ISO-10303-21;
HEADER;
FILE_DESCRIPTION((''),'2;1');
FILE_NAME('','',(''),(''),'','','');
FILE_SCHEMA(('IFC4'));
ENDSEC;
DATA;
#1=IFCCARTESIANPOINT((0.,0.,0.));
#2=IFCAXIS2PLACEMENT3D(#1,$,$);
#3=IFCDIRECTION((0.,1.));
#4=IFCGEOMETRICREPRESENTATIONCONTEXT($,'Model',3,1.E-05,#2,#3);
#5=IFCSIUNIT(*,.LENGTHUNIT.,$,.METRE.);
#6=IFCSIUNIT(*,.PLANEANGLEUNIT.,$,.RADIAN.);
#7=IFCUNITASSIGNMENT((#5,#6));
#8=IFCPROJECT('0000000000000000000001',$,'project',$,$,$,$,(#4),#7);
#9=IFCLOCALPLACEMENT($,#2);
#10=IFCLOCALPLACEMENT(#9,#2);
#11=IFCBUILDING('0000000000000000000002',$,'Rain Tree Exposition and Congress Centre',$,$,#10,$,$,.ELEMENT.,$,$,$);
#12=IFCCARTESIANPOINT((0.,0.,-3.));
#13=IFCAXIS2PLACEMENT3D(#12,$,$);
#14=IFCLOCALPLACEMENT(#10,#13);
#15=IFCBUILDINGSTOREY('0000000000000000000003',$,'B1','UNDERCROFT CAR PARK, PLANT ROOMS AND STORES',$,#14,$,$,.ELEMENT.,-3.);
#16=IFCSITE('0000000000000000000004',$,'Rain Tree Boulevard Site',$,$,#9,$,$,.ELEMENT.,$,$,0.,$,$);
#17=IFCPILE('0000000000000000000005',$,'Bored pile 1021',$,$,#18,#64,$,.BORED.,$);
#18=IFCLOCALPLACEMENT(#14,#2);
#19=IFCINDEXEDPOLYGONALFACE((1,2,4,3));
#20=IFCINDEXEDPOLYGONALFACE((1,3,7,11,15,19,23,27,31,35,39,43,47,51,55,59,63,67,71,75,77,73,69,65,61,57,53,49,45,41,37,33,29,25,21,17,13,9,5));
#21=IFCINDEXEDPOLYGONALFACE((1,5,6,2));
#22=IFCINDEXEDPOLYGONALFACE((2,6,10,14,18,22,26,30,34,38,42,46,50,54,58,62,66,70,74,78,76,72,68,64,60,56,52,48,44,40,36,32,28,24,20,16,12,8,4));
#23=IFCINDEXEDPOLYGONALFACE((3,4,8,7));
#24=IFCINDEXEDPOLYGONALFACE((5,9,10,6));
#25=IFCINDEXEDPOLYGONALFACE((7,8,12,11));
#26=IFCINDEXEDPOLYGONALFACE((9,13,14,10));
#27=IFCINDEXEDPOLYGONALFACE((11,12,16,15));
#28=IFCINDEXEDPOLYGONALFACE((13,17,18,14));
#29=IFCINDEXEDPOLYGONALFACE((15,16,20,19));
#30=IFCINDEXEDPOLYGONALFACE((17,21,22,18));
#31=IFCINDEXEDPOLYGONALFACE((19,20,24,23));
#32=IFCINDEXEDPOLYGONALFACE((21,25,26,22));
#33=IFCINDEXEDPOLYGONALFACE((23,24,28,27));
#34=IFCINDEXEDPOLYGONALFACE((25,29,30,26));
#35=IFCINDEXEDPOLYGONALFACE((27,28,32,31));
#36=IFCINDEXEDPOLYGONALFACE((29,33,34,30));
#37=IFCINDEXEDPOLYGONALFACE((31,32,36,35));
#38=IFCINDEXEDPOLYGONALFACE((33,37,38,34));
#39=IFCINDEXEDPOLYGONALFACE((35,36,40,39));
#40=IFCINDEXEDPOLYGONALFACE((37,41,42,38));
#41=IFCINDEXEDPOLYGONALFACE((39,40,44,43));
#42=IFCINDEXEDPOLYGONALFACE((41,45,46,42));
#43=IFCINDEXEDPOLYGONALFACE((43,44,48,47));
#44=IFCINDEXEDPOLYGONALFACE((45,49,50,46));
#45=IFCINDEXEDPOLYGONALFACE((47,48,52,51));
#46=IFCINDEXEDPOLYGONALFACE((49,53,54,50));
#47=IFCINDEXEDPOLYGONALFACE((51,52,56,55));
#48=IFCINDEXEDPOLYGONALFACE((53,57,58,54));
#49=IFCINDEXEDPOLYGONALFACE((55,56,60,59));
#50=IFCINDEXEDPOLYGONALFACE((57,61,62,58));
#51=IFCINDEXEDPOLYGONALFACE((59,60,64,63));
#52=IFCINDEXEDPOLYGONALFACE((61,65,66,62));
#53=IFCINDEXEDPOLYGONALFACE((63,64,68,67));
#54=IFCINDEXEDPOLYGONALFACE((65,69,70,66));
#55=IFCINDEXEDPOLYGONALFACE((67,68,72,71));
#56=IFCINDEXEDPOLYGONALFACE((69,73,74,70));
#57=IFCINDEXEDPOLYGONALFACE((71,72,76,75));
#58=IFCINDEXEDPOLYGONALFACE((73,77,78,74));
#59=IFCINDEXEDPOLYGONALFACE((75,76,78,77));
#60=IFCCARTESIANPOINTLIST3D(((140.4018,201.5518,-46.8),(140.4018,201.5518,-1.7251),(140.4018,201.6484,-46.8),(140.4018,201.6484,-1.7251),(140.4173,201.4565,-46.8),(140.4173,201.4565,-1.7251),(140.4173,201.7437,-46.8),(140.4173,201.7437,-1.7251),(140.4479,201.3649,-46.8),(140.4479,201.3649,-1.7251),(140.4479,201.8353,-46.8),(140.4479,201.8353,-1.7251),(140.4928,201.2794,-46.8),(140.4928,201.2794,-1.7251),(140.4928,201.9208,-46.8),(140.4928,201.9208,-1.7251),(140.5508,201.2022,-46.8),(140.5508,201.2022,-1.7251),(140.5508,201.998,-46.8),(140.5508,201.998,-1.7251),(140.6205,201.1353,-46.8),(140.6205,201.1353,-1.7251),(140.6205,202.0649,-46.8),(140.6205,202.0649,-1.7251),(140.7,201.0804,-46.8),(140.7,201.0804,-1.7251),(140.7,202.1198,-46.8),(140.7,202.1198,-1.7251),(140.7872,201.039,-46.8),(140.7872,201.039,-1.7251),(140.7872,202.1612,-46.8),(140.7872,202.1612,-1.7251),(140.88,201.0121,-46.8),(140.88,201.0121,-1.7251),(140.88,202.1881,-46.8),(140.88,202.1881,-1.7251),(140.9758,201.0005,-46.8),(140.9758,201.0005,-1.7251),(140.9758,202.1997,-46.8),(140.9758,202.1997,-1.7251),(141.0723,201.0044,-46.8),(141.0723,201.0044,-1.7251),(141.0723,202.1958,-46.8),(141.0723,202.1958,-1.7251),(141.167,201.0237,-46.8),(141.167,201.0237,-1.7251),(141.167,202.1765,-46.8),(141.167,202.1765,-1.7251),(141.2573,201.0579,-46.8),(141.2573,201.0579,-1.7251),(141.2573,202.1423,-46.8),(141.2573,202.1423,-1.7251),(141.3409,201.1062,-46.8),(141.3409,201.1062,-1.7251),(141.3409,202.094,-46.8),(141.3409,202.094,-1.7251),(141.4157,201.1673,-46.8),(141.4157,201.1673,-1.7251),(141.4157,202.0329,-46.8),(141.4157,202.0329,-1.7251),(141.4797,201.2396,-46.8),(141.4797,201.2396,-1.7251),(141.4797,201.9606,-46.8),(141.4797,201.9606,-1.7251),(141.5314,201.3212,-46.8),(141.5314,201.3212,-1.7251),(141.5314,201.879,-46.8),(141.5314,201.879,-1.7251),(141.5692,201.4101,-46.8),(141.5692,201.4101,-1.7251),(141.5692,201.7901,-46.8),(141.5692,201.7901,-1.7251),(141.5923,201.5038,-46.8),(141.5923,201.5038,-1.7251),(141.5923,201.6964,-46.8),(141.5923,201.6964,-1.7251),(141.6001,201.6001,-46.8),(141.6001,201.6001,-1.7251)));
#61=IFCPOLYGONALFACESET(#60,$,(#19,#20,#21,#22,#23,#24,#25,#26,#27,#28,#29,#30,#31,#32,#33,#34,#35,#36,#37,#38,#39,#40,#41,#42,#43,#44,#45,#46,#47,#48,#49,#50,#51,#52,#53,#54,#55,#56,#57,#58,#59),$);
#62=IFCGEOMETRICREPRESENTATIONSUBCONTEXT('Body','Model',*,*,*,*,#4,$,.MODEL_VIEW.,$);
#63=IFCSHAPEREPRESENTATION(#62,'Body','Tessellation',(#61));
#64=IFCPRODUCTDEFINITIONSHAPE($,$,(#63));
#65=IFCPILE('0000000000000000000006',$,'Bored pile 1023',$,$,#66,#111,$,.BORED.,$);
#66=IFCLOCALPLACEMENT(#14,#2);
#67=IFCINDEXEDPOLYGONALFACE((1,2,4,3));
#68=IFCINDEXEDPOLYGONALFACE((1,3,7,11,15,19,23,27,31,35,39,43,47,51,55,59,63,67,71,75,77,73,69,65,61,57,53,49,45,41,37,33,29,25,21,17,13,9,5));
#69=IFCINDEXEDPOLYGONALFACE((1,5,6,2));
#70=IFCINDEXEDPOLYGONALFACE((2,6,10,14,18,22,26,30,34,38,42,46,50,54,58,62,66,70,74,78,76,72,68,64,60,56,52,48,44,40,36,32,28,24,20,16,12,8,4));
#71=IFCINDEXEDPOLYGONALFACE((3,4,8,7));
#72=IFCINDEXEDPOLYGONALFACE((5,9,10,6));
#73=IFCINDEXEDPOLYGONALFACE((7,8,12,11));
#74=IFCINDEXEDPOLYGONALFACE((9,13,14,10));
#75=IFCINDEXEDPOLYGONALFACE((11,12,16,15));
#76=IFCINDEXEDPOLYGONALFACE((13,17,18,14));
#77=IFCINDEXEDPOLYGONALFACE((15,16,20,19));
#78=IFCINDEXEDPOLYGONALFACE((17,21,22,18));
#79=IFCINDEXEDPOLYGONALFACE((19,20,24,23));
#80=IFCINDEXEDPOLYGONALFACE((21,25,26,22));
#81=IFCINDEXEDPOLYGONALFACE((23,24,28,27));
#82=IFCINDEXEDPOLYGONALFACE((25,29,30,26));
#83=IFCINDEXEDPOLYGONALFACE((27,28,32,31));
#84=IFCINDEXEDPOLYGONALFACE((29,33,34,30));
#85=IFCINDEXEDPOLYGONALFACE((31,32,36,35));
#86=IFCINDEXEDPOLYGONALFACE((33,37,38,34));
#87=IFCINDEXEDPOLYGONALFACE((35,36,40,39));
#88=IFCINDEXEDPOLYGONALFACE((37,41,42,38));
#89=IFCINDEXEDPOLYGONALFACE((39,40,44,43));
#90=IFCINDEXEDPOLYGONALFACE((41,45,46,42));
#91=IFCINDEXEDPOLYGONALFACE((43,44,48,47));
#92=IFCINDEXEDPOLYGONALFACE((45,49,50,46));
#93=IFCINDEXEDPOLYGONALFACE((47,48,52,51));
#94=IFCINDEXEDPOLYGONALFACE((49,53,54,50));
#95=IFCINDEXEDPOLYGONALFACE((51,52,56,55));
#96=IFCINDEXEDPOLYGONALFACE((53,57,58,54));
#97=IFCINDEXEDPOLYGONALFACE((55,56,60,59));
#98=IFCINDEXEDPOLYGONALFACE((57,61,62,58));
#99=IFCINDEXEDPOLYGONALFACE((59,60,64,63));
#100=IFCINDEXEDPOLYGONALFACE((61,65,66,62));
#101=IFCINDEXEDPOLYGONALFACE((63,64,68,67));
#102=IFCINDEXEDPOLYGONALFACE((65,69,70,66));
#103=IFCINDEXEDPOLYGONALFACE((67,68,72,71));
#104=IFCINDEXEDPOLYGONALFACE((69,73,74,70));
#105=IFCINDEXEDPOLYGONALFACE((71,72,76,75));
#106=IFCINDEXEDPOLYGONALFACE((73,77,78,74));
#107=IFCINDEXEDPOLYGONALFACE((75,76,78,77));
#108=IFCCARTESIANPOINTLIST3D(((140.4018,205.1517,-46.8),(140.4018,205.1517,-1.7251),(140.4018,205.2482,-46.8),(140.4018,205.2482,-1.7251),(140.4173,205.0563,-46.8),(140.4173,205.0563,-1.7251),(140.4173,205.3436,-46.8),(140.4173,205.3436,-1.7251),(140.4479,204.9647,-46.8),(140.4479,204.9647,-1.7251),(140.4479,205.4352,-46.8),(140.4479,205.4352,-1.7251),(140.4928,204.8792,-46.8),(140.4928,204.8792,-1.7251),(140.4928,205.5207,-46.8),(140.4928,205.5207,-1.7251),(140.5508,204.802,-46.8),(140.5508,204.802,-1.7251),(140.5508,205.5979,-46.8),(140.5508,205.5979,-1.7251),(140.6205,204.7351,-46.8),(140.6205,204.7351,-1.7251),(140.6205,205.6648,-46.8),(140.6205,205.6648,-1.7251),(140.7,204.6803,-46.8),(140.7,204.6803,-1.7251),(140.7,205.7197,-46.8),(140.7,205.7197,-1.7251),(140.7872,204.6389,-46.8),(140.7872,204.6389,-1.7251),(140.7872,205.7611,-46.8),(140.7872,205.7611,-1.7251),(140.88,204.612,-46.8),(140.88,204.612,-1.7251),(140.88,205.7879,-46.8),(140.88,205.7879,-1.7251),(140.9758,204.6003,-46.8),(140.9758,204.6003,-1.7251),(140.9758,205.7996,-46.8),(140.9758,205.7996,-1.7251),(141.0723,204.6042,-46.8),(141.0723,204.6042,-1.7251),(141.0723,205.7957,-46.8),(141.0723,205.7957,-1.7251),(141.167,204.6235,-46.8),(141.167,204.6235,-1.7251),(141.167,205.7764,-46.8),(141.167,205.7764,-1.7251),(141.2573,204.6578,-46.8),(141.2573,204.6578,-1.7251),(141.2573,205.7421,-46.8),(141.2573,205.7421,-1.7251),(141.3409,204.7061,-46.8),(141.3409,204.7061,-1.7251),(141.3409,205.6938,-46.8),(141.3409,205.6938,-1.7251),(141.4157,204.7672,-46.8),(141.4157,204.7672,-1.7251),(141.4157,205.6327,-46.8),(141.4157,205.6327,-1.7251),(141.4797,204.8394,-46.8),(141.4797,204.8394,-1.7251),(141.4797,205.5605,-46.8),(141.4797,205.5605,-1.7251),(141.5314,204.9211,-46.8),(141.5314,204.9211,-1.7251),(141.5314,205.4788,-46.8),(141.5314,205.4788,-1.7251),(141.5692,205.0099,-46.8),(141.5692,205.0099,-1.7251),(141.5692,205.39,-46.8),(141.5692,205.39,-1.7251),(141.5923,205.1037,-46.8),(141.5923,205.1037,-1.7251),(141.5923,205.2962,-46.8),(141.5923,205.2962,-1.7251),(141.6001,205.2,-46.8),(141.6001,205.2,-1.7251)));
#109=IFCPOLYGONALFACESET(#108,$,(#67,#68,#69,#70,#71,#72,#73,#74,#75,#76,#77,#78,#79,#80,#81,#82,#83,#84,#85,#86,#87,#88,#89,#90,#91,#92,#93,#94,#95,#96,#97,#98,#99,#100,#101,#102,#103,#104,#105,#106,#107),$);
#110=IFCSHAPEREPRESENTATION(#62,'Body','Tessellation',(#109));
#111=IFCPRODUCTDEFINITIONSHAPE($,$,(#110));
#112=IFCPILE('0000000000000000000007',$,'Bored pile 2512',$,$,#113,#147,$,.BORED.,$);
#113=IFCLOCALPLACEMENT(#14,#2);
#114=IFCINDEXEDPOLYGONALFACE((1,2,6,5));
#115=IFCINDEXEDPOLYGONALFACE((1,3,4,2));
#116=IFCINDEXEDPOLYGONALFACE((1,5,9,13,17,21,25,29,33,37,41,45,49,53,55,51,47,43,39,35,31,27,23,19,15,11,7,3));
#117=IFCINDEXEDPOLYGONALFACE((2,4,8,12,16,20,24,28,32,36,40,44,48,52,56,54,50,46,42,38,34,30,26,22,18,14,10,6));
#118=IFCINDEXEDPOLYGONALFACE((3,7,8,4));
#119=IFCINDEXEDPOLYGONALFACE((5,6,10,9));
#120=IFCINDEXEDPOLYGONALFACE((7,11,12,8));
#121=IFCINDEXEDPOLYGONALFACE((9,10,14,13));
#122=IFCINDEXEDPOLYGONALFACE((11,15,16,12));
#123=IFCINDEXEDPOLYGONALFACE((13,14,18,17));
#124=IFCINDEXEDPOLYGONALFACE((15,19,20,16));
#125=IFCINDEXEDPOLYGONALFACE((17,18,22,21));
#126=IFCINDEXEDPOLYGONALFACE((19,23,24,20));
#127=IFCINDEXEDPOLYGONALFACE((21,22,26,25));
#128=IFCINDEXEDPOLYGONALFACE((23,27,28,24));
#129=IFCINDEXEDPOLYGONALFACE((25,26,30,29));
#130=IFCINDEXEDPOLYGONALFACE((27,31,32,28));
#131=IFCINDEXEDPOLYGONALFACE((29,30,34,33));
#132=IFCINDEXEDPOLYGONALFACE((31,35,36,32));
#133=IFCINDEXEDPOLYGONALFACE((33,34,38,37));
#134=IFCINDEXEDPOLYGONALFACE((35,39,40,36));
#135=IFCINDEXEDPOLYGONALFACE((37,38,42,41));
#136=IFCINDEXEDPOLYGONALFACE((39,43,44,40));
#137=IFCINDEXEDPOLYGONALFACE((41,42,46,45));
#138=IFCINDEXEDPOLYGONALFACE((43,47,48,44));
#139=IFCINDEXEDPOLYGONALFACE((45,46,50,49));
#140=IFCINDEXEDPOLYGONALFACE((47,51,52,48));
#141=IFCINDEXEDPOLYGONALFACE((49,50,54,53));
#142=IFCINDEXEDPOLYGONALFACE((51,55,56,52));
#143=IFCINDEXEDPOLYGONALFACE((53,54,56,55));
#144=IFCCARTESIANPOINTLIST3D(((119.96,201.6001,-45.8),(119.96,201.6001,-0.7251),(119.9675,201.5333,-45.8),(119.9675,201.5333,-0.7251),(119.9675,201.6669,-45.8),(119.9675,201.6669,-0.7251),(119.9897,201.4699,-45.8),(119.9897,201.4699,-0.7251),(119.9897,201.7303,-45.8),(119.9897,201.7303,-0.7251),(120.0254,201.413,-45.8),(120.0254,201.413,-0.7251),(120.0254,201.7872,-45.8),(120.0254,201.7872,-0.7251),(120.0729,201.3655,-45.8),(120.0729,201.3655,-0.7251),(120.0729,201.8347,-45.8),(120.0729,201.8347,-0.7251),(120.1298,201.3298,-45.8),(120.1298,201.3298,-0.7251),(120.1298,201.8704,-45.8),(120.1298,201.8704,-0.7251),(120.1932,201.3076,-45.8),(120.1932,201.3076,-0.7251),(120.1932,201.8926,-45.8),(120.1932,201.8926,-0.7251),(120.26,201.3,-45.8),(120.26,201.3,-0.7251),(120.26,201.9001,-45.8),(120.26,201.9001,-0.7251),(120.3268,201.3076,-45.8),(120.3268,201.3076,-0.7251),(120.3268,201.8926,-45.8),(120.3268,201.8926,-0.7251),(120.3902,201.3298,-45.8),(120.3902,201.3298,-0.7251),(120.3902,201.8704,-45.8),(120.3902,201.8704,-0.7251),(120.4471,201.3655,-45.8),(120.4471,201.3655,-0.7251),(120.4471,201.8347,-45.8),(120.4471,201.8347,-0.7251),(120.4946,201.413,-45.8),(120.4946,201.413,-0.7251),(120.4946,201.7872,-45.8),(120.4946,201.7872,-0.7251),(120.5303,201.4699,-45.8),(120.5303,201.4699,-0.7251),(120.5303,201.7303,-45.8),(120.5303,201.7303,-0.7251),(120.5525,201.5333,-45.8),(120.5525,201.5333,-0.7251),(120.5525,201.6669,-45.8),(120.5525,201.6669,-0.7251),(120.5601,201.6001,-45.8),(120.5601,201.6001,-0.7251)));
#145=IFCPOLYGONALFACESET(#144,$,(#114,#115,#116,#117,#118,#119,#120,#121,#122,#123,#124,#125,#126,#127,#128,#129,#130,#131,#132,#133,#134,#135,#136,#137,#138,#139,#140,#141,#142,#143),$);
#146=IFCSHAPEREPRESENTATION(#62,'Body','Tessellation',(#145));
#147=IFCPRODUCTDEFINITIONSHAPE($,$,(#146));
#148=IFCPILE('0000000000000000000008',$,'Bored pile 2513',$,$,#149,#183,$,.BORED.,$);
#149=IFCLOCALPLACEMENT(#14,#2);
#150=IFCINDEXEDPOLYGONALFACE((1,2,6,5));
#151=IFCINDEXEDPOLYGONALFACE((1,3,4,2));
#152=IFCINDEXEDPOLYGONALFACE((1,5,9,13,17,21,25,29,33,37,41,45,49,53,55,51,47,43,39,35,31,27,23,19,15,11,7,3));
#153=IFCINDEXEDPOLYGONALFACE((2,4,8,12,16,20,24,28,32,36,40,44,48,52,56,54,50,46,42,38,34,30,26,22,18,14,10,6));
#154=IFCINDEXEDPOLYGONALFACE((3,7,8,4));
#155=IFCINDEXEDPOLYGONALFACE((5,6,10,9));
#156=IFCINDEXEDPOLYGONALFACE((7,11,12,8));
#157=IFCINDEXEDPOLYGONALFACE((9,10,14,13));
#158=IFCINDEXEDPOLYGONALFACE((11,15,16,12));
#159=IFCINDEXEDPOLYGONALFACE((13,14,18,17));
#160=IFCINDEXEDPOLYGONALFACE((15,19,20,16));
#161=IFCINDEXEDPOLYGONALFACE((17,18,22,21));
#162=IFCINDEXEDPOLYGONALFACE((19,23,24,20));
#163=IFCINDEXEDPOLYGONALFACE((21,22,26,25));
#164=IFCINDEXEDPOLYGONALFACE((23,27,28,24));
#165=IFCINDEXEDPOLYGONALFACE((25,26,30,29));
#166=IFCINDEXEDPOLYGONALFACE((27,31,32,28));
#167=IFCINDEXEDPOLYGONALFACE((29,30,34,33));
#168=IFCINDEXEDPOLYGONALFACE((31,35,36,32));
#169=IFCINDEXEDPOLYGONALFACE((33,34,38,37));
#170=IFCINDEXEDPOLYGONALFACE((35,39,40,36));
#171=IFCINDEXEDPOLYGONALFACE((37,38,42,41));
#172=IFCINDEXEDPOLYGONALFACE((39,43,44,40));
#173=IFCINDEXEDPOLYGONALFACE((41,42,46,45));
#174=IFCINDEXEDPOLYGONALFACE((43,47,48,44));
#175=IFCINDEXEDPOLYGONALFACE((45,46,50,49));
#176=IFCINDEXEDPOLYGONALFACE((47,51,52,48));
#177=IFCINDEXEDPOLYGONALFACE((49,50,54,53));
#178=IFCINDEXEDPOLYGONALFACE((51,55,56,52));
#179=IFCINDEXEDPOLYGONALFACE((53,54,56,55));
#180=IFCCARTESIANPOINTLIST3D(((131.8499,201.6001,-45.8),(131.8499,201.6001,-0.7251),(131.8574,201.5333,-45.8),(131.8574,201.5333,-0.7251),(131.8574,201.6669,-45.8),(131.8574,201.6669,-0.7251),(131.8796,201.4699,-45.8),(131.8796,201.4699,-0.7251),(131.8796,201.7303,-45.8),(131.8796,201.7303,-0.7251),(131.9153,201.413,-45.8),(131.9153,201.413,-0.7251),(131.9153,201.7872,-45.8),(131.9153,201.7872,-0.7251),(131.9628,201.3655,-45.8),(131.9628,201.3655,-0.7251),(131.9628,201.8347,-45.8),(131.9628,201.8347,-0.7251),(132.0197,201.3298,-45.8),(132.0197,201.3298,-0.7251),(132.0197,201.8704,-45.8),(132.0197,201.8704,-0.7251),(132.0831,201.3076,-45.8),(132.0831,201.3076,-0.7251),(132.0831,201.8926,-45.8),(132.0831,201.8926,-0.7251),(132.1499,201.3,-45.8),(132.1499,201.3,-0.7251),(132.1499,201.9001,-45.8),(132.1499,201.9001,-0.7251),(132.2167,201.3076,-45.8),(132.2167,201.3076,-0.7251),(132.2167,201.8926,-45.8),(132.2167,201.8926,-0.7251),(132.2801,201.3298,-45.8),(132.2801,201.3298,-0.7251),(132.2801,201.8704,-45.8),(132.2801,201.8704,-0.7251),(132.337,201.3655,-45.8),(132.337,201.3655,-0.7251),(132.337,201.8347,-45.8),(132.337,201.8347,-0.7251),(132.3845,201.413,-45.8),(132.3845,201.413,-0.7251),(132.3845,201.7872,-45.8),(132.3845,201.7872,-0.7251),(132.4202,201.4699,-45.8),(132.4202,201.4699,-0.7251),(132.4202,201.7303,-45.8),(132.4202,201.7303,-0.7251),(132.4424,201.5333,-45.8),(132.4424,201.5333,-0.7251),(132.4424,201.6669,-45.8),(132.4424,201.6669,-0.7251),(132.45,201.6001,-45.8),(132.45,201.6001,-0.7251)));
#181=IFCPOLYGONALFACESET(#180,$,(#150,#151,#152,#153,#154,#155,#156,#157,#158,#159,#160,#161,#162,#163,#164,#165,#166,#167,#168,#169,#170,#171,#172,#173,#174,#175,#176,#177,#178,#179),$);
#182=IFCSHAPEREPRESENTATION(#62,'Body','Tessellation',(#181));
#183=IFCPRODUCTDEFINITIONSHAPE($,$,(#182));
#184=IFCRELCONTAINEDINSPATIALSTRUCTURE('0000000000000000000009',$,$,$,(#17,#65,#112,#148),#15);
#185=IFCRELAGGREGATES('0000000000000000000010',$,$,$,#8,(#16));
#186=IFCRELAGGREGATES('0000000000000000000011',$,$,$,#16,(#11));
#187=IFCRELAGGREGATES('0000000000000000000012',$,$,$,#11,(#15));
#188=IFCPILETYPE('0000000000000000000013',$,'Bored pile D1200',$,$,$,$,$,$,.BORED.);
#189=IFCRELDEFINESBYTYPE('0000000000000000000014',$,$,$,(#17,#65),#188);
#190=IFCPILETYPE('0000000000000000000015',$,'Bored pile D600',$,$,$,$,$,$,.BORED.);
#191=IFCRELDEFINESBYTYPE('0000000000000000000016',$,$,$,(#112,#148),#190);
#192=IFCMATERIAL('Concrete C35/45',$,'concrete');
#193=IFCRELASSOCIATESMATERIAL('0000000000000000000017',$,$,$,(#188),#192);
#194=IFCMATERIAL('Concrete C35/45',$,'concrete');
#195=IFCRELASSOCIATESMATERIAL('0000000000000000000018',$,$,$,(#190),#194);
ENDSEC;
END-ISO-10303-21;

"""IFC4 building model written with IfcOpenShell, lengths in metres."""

from ifc_helpers import new_model, si_unit, direction, frame, origin, origin_2d, place, context, subcontext, project, spatial, circle, extrude, material, material_profile, profile_set, type_object, element, save


model = new_model("IFC4")

# Units and contexts
model_context = context("Model", 3, precision=1e-05, world=origin(), true_north=direction((0.0, 1.0)))
body_context = subcontext(model_context, "Body", "Model", "MODEL_VIEW")
ifc_project = project(units=[si_unit("LENGTHUNIT", "METRE"), si_unit("PLANEANGLEUNIT", "RADIAN")], contexts=[model_context])

# Site, building, storey
site_placement = place(None, origin())
site = spatial("IfcSite", under=ifc_project, at=site_placement, Name="Rain Tree Boulevard Site", CompositionType="ELEMENT", RefElevation=0.0)
building_placement = place(site_placement, origin())
building = spatial("IfcBuilding", under=site, at=building_placement, Name="Rain Tree Exposition and Congress Centre", CompositionType="ELEMENT")
storey_placement = place(building_placement, frame((0.0, 0.0, -3.0)))
storey = spatial("IfcBuildingStorey", under=building, at=storey_placement, Name="B1", Description="UNDERCROFT CAR PARK, PLANT ROOMS AND STORES", CompositionType="ELEMENT", Elevation=-3.0)

# Piles
ifc_material_1 = material(Name="Concrete C35/45", Category="concrete")
ifc_material_profile_1 = material_profile(ifc_material_1, circle(Radius=0.6001, at=origin_2d()), Name="D1200")
ifc_profile_set_1 = profile_set([ifc_material_profile_1], Name="Concrete C35/45")
pile_type_1 = type_object("IfcPileType", Name="Bored pile D1200", PredefinedType="BORED", material=ifc_profile_set_1)
for number, where, z_axis, x_axis, name in (
    (1, (141.0, 201.6001, -1.7251), (0.0, 0.0, -1.0), (1.0, 0.0, 0.0), "Bored pile 1021"),
    (2, (141.0, 205.2, -1.7251), (0.0, 0.0, -1.0), (1.0, 0.0, 0.0), "Bored pile 1023"),
):
    element("IfcPile", number, at=place(storey_placement, frame(where, z_axis=z_axis, x_axis=x_axis)), inside=storey, type_object=pile_type_1, Name=name, PredefinedType="BORED", context=body_context, shape_type="SweptSolid", body=[
        extrude(circle(Radius=0.6001, at=origin_2d()), origin(), (0.0, 0.0, 1.0), 45.075),
    ])
ifc_material_2 = material(Name="Concrete C35/45", Category="concrete")
ifc_material_profile_2 = material_profile(ifc_material_2, circle(Radius=0.3, at=origin_2d()), Name="D600")
ifc_profile_set_2 = profile_set([ifc_material_profile_2], Name="Concrete C35/45")
pile_type_2 = type_object("IfcPileType", Name="Bored pile D600", PredefinedType="BORED", material=ifc_profile_set_2)
for number, where, z_axis, x_axis, name in (
    (3, (120.26, 201.6001, -0.7251), (0.0, 0.0, -1.0), (1.0, 0.0, 0.0), "Bored pile 2512"),
    (4, (132.1499, 201.6001, -0.7251), (0.0, 0.0, -1.0), (1.0, 0.0, 0.0), "Bored pile 2513"),
):
    element("IfcPile", number, at=place(storey_placement, frame(where, z_axis=z_axis, x_axis=x_axis)), inside=storey, type_object=pile_type_2, Name=name, PredefinedType="BORED", context=body_context, shape_type="SweptSolid", body=[
        extrude(circle(Radius=0.3, at=origin_2d()), origin(), (0.0, 0.0, 1.0), 45.075),
    ])

save(model, "model.ifc")
